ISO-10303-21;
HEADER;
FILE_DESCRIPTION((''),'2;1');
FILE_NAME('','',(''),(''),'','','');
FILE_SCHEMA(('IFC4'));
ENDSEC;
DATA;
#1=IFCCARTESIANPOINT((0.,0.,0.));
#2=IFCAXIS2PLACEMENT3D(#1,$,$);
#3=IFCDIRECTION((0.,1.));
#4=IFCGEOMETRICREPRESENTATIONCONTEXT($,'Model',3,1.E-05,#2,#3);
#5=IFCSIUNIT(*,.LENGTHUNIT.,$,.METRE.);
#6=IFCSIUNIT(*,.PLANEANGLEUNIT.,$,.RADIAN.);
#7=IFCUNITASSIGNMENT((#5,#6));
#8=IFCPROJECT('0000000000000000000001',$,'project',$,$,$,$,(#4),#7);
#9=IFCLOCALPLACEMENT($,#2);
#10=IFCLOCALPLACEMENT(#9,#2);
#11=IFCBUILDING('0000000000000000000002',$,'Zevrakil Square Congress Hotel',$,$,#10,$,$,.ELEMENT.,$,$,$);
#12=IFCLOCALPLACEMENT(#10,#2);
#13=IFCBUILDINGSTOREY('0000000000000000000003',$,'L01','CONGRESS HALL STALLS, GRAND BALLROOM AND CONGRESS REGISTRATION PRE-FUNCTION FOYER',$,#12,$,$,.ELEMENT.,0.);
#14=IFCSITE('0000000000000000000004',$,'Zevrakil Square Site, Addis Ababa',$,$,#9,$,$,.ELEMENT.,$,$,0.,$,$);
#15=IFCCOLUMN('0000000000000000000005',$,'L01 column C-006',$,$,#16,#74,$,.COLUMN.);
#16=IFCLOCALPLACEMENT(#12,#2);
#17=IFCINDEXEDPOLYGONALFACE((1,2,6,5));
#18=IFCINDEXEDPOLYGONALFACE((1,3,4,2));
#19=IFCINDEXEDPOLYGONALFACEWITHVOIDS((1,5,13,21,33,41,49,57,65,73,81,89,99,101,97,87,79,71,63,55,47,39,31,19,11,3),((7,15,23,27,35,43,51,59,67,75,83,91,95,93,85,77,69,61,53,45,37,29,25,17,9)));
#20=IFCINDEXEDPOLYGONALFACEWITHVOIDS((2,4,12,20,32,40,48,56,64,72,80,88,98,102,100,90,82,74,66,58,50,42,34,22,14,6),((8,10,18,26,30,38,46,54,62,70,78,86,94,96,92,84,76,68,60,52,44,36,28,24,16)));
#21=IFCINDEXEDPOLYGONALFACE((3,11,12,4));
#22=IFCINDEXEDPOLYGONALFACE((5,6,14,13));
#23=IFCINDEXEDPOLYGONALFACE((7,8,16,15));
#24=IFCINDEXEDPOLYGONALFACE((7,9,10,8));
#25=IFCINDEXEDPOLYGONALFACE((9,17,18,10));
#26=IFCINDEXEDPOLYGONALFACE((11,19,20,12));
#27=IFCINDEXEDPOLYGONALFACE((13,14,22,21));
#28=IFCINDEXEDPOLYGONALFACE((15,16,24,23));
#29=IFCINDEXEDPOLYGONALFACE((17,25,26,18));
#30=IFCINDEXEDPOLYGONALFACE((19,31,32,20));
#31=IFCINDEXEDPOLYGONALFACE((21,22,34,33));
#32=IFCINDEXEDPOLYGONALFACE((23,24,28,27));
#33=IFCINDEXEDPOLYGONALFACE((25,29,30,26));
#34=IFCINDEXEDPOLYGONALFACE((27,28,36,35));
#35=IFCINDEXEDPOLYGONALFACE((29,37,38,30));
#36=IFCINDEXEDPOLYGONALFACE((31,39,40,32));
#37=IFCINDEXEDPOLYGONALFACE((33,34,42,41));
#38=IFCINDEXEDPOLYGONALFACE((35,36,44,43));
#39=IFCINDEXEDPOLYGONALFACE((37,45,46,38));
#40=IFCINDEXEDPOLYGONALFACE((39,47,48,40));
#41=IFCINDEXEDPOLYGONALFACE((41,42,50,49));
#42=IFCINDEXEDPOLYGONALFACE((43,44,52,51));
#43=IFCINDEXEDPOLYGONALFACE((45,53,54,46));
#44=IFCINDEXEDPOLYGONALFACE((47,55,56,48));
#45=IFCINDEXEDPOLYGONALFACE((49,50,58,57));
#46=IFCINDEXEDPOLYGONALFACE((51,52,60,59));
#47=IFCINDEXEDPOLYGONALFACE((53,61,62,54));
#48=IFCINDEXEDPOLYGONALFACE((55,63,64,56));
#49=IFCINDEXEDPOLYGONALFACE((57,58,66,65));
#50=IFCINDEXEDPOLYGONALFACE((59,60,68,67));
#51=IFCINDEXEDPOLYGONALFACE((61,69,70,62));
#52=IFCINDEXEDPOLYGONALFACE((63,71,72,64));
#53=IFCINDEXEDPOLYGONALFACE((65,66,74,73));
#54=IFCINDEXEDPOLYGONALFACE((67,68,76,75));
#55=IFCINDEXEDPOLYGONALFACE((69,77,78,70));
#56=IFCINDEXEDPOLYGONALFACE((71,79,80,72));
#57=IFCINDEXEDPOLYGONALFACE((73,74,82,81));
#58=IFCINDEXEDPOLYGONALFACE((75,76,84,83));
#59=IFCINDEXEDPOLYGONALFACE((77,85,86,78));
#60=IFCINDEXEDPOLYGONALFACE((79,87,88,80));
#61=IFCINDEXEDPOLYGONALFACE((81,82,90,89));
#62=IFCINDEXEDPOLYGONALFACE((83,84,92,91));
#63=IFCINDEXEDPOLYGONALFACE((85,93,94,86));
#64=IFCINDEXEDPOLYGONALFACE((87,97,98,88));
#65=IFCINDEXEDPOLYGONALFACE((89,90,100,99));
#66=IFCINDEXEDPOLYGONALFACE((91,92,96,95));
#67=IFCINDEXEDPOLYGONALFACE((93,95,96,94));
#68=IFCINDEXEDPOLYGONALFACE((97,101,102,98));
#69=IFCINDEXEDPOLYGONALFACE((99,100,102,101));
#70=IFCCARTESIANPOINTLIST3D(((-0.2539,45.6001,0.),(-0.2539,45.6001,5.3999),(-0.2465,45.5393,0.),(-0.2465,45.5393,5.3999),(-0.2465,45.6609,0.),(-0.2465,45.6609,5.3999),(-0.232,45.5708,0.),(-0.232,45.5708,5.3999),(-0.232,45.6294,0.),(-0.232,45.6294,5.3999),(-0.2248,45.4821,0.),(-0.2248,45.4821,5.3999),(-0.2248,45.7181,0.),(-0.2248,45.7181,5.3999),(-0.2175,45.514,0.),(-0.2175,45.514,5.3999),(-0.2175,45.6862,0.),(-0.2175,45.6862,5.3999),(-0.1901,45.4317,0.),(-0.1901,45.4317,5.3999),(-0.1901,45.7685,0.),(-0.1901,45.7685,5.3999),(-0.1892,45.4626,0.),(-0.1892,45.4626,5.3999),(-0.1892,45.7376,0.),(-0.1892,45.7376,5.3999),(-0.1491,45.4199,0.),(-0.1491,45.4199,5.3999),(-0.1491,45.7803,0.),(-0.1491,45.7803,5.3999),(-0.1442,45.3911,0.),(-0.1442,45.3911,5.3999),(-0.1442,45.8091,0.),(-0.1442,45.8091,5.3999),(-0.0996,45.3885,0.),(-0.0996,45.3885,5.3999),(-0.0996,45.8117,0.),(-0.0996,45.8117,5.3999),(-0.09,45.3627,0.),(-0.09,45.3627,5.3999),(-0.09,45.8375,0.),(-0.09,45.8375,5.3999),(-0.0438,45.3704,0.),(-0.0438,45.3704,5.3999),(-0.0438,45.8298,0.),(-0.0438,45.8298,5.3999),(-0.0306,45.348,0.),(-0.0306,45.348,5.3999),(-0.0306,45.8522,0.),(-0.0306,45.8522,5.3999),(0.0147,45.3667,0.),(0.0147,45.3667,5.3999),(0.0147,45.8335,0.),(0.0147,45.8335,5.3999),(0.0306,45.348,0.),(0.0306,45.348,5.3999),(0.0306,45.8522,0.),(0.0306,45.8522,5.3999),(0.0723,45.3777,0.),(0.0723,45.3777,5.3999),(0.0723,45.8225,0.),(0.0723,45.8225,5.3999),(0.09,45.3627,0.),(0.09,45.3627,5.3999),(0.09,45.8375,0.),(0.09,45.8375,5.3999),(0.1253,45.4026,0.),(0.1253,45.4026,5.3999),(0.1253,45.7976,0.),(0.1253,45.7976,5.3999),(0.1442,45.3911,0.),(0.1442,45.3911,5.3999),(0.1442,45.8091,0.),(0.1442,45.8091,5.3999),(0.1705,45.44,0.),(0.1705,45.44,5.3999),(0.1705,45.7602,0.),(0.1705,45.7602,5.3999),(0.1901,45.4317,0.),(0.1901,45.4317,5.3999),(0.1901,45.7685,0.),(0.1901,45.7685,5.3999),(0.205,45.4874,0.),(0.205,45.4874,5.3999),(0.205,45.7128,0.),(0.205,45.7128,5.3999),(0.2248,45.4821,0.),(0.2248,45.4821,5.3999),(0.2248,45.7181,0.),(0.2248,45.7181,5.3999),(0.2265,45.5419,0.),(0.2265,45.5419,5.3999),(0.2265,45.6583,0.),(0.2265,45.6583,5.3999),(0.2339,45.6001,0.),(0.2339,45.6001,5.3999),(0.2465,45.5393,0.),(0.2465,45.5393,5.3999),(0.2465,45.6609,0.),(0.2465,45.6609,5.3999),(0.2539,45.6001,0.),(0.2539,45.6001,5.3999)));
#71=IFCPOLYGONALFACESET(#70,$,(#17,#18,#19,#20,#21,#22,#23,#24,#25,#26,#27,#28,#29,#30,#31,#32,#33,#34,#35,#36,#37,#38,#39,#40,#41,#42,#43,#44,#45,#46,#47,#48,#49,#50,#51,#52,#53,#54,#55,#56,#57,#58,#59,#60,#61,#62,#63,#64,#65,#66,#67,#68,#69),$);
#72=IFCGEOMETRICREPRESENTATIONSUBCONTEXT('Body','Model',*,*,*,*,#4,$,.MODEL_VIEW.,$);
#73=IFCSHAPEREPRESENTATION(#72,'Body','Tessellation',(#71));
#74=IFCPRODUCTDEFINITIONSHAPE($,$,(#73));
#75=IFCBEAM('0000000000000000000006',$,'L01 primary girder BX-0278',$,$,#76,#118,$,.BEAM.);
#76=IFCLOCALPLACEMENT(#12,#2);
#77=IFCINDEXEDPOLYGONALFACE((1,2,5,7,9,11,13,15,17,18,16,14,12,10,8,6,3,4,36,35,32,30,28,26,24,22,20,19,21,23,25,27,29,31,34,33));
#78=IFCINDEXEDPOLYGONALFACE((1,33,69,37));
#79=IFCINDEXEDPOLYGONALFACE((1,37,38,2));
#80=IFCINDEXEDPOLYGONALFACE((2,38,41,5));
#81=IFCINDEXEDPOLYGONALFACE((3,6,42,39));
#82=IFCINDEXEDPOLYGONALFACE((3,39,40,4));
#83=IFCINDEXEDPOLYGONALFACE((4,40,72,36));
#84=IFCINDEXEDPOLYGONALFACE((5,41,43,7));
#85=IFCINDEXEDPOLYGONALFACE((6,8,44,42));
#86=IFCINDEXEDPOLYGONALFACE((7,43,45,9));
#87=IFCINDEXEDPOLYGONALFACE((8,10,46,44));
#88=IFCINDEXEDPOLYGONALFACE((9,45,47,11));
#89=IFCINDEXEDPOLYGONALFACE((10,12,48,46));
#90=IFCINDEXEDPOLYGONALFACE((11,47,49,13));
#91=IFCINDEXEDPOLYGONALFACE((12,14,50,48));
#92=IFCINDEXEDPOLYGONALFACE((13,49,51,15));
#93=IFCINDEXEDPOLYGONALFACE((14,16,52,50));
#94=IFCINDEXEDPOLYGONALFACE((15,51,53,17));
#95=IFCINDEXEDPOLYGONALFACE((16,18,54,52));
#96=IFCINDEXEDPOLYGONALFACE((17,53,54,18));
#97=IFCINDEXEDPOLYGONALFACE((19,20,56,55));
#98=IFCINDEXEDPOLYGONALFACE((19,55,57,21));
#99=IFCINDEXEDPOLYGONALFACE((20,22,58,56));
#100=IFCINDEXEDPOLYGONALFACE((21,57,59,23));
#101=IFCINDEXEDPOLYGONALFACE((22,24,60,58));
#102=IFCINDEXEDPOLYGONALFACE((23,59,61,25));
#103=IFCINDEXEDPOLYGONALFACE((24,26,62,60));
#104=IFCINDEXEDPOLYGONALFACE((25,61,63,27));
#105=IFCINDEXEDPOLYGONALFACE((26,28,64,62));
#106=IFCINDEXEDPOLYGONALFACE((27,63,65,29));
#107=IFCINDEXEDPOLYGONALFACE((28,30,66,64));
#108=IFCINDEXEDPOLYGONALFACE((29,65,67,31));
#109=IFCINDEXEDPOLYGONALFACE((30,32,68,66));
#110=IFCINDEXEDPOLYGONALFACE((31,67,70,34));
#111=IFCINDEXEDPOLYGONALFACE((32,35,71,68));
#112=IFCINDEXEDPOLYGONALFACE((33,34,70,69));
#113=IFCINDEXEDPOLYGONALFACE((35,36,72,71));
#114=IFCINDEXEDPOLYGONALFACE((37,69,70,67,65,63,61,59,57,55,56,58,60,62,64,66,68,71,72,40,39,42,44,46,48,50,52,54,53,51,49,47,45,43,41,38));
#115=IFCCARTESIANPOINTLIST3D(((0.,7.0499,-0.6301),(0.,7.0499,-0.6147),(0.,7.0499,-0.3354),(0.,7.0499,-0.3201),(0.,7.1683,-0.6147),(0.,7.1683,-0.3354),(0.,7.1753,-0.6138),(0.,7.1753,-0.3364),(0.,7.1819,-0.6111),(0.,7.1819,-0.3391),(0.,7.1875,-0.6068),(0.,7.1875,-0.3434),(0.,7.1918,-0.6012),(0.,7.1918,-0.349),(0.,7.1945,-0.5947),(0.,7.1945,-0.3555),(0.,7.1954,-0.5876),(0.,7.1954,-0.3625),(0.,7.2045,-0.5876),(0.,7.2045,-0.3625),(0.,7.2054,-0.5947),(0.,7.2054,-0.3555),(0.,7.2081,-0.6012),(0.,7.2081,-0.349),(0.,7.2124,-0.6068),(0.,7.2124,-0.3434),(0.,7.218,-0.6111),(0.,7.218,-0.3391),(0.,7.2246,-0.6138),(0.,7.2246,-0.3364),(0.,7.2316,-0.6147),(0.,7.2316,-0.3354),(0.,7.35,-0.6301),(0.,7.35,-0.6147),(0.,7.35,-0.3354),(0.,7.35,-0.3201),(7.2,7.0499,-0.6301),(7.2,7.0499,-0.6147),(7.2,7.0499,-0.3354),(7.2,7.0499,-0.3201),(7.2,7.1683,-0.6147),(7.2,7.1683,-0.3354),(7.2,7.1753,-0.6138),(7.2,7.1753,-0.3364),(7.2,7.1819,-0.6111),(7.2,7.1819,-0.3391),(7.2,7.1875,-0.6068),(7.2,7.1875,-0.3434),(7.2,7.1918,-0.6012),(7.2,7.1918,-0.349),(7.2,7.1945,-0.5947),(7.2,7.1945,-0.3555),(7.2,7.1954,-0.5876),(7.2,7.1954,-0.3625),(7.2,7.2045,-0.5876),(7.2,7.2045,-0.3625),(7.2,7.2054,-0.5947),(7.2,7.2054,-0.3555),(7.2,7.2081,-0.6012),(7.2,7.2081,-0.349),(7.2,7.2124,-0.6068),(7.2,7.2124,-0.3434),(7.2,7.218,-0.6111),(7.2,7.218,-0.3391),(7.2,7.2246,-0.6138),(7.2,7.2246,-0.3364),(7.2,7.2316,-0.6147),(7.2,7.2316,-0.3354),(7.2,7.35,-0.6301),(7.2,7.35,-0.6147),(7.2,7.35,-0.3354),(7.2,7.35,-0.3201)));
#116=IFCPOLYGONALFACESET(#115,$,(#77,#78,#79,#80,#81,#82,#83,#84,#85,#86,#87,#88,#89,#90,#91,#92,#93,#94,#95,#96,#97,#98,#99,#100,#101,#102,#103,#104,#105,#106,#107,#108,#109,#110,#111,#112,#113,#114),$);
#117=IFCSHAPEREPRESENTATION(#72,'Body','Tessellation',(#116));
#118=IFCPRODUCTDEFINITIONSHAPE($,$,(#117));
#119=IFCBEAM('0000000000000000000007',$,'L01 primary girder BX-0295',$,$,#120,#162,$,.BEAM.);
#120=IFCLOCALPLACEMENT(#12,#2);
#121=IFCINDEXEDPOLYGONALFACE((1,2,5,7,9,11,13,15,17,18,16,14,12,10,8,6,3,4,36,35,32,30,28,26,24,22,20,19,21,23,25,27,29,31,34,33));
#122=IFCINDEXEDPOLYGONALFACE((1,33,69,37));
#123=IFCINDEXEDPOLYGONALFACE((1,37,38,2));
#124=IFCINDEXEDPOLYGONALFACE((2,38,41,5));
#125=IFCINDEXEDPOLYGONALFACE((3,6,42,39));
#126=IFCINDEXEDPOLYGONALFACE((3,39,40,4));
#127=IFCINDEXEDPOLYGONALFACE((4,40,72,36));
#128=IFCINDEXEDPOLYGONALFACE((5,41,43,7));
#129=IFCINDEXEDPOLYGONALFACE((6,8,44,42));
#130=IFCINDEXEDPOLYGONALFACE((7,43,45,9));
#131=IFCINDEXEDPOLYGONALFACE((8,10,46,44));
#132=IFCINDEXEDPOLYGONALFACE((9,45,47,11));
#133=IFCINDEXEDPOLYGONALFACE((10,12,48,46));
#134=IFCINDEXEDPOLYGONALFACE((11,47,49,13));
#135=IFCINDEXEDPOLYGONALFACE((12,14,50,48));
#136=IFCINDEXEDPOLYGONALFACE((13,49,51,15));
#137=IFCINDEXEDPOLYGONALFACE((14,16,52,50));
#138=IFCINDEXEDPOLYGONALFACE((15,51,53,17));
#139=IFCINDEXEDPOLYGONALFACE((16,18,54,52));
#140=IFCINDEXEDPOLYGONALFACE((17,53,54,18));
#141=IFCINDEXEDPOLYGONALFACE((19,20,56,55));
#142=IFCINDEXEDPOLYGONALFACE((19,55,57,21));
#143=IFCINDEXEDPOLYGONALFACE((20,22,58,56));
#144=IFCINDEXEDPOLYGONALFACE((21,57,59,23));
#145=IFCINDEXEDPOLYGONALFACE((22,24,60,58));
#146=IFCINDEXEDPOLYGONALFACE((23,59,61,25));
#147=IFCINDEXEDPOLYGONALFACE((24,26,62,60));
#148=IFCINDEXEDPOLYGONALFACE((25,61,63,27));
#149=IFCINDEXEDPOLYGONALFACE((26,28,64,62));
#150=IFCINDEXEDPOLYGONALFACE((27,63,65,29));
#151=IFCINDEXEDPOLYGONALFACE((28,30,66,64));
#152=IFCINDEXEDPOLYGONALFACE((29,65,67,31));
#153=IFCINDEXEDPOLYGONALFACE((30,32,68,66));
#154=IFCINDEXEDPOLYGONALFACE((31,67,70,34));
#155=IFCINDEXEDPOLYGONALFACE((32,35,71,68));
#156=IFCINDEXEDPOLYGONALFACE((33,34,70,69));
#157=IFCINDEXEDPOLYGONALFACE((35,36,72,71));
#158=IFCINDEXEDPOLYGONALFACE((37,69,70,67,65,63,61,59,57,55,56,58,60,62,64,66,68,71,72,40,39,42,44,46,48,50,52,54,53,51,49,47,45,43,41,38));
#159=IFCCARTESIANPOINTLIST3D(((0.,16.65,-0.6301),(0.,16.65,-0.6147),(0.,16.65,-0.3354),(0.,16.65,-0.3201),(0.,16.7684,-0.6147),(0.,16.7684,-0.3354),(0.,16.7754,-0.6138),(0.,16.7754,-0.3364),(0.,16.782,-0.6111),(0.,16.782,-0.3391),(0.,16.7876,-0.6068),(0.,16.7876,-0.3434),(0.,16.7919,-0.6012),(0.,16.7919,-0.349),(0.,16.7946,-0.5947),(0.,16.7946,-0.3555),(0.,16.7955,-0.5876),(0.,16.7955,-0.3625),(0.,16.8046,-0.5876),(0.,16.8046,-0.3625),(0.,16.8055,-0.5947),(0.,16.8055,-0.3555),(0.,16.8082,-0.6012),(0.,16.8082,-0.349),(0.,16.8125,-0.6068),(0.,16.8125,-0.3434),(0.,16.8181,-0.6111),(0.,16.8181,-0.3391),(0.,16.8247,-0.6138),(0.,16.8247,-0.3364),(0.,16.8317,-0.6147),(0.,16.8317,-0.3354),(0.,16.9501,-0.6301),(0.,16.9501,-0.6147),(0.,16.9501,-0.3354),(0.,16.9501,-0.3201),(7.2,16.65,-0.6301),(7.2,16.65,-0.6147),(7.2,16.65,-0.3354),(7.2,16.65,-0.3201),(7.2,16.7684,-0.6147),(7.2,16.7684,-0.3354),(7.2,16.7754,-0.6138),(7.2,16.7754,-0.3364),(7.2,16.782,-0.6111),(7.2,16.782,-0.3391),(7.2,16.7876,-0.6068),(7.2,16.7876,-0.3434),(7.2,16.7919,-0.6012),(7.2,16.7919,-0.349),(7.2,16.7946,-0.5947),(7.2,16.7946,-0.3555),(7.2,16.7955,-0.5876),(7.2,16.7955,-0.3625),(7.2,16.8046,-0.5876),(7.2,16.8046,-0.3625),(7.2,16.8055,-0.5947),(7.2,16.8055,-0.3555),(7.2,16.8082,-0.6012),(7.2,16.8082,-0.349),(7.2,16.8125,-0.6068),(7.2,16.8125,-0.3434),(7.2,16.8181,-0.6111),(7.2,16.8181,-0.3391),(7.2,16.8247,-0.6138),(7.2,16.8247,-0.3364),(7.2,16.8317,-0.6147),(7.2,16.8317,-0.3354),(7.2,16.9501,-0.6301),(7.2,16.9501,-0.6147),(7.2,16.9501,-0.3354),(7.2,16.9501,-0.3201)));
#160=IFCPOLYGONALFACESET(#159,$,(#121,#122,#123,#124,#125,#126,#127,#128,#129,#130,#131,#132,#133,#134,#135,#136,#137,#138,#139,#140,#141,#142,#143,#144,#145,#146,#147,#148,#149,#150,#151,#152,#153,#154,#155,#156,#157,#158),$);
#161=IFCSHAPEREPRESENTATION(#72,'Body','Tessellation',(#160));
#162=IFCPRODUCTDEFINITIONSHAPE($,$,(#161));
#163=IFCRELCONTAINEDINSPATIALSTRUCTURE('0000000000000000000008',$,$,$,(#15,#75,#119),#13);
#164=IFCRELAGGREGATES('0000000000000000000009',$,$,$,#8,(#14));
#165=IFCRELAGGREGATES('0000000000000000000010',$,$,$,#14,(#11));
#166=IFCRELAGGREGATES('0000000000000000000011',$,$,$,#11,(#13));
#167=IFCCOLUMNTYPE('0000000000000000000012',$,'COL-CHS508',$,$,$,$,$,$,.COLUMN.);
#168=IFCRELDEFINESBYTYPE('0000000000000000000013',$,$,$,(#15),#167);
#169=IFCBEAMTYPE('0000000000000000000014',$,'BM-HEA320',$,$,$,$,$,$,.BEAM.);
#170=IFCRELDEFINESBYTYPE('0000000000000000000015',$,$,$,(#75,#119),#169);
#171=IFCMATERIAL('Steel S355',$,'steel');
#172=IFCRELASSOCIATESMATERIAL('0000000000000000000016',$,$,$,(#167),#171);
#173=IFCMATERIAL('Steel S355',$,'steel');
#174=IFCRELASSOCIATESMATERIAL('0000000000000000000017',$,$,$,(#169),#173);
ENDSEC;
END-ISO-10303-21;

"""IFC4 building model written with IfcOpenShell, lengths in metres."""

from ifc_helpers import new_model, si_unit, direction, frame, origin, origin_2d, place, context, subcontext, project, spatial, hollow_circle, i_section, extrude, material, material_profile, profile_set, type_object, element, save


model = new_model("IFC4")

# Units and contexts
model_context = context("Model", 3, precision=1e-05, world=origin(), true_north=direction((0.0, 1.0)))
body_context = subcontext(model_context, "Body", "Model", "MODEL_VIEW")
ifc_project = project(units=[si_unit("LENGTHUNIT", "METRE"), si_unit("PLANEANGLEUNIT", "RADIAN")], contexts=[model_context])

# Site, building, storey
site_placement = place(None, origin())
site = spatial("IfcSite", under=ifc_project, at=site_placement, Name="Zevrakil Square Site, Addis Ababa", CompositionType="ELEMENT", RefElevation=0.0)
building_placement = place(site_placement, origin())
building = spatial("IfcBuilding", under=site, at=building_placement, Name="Zevrakil Square Congress Hotel", CompositionType="ELEMENT")
storey_placement = place(building_placement, origin())
storey = spatial("IfcBuildingStorey", under=building, at=storey_placement, Name="L01", Description="CONGRESS HALL STALLS, GRAND BALLROOM AND CONGRESS REGISTRATION PRE-FUNCTION FOYER", CompositionType="ELEMENT", Elevation=0.0)

# Column
ifc_material_1 = material(Name="Steel S355", Category="steel")
ifc_material_profile_1 = material_profile(ifc_material_1, hollow_circle(Radius=0.2539, WallThickness=0.02, at=origin_2d()), Name="CHS 508x20")
ifc_profile_set_1 = profile_set([ifc_material_profile_1], Name="Steel S355")
column_type_1 = type_object("IfcColumnType", Name="COL-CHS508", PredefinedType="COLUMN", material=ifc_profile_set_1)
for number, where, z_axis, x_axis, name in (
    (1, (0.0, 45.6001, 0.0), (0.0, 0.0, 1.0), (1.0, 0.0, 0.0), "L01 column C-006"),
):
    element("IfcColumn", number, at=place(storey_placement, frame(where, z_axis=z_axis, x_axis=x_axis)), inside=storey, type_object=column_type_1, Name=name, PredefinedType="COLUMN", context=body_context, shape_type="SweptSolid", body=[
        extrude(hollow_circle(Radius=0.2539, WallThickness=0.02, at=origin_2d()), origin(), (0.0, 0.0, 1.0), 5.3999),
    ])

# Beams
ifc_material_2 = material(Name="Steel S355", Category="steel")
ifc_material_profile_2 = material_profile(ifc_material_2, i_section(OverallWidth=0.3, OverallDepth=0.3101, WebThickness=0.009, FlangeThickness=0.0154, FilletRadius=0.0271, at=origin_2d()), Name="HEA 320")
ifc_profile_set_2 = profile_set([ifc_material_profile_2], Name="Steel S355")
beam_type_1 = type_object("IfcBeamType", Name="BM-HEA320", PredefinedType="BEAM", material=ifc_profile_set_2)
for number, where, z_axis, x_axis, name in (
    (2, (0.0, 7.2, -0.4751), (1.0, 0.0, 0.0), (0.0, 1.0, 0.0), "L01 primary girder BX-0278"),
    (3, (0.0, 16.8, -0.4751), (1.0, 0.0, 0.0), (0.0, 1.0, 0.0), "L01 primary girder BX-0295"),
):
    element("IfcBeam", number, at=place(storey_placement, frame(where, z_axis=z_axis, x_axis=x_axis)), inside=storey, type_object=beam_type_1, Name=name, PredefinedType="BEAM", context=body_context, shape_type="SweptSolid", body=[
        extrude(i_section(OverallWidth=0.3, OverallDepth=0.3101, WebThickness=0.009, FlangeThickness=0.0154, FilletRadius=0.0271, at=origin_2d()), origin(), (0.0, 0.0, 1.0), 7.2),
    ])

save(model, "model.ifc")
